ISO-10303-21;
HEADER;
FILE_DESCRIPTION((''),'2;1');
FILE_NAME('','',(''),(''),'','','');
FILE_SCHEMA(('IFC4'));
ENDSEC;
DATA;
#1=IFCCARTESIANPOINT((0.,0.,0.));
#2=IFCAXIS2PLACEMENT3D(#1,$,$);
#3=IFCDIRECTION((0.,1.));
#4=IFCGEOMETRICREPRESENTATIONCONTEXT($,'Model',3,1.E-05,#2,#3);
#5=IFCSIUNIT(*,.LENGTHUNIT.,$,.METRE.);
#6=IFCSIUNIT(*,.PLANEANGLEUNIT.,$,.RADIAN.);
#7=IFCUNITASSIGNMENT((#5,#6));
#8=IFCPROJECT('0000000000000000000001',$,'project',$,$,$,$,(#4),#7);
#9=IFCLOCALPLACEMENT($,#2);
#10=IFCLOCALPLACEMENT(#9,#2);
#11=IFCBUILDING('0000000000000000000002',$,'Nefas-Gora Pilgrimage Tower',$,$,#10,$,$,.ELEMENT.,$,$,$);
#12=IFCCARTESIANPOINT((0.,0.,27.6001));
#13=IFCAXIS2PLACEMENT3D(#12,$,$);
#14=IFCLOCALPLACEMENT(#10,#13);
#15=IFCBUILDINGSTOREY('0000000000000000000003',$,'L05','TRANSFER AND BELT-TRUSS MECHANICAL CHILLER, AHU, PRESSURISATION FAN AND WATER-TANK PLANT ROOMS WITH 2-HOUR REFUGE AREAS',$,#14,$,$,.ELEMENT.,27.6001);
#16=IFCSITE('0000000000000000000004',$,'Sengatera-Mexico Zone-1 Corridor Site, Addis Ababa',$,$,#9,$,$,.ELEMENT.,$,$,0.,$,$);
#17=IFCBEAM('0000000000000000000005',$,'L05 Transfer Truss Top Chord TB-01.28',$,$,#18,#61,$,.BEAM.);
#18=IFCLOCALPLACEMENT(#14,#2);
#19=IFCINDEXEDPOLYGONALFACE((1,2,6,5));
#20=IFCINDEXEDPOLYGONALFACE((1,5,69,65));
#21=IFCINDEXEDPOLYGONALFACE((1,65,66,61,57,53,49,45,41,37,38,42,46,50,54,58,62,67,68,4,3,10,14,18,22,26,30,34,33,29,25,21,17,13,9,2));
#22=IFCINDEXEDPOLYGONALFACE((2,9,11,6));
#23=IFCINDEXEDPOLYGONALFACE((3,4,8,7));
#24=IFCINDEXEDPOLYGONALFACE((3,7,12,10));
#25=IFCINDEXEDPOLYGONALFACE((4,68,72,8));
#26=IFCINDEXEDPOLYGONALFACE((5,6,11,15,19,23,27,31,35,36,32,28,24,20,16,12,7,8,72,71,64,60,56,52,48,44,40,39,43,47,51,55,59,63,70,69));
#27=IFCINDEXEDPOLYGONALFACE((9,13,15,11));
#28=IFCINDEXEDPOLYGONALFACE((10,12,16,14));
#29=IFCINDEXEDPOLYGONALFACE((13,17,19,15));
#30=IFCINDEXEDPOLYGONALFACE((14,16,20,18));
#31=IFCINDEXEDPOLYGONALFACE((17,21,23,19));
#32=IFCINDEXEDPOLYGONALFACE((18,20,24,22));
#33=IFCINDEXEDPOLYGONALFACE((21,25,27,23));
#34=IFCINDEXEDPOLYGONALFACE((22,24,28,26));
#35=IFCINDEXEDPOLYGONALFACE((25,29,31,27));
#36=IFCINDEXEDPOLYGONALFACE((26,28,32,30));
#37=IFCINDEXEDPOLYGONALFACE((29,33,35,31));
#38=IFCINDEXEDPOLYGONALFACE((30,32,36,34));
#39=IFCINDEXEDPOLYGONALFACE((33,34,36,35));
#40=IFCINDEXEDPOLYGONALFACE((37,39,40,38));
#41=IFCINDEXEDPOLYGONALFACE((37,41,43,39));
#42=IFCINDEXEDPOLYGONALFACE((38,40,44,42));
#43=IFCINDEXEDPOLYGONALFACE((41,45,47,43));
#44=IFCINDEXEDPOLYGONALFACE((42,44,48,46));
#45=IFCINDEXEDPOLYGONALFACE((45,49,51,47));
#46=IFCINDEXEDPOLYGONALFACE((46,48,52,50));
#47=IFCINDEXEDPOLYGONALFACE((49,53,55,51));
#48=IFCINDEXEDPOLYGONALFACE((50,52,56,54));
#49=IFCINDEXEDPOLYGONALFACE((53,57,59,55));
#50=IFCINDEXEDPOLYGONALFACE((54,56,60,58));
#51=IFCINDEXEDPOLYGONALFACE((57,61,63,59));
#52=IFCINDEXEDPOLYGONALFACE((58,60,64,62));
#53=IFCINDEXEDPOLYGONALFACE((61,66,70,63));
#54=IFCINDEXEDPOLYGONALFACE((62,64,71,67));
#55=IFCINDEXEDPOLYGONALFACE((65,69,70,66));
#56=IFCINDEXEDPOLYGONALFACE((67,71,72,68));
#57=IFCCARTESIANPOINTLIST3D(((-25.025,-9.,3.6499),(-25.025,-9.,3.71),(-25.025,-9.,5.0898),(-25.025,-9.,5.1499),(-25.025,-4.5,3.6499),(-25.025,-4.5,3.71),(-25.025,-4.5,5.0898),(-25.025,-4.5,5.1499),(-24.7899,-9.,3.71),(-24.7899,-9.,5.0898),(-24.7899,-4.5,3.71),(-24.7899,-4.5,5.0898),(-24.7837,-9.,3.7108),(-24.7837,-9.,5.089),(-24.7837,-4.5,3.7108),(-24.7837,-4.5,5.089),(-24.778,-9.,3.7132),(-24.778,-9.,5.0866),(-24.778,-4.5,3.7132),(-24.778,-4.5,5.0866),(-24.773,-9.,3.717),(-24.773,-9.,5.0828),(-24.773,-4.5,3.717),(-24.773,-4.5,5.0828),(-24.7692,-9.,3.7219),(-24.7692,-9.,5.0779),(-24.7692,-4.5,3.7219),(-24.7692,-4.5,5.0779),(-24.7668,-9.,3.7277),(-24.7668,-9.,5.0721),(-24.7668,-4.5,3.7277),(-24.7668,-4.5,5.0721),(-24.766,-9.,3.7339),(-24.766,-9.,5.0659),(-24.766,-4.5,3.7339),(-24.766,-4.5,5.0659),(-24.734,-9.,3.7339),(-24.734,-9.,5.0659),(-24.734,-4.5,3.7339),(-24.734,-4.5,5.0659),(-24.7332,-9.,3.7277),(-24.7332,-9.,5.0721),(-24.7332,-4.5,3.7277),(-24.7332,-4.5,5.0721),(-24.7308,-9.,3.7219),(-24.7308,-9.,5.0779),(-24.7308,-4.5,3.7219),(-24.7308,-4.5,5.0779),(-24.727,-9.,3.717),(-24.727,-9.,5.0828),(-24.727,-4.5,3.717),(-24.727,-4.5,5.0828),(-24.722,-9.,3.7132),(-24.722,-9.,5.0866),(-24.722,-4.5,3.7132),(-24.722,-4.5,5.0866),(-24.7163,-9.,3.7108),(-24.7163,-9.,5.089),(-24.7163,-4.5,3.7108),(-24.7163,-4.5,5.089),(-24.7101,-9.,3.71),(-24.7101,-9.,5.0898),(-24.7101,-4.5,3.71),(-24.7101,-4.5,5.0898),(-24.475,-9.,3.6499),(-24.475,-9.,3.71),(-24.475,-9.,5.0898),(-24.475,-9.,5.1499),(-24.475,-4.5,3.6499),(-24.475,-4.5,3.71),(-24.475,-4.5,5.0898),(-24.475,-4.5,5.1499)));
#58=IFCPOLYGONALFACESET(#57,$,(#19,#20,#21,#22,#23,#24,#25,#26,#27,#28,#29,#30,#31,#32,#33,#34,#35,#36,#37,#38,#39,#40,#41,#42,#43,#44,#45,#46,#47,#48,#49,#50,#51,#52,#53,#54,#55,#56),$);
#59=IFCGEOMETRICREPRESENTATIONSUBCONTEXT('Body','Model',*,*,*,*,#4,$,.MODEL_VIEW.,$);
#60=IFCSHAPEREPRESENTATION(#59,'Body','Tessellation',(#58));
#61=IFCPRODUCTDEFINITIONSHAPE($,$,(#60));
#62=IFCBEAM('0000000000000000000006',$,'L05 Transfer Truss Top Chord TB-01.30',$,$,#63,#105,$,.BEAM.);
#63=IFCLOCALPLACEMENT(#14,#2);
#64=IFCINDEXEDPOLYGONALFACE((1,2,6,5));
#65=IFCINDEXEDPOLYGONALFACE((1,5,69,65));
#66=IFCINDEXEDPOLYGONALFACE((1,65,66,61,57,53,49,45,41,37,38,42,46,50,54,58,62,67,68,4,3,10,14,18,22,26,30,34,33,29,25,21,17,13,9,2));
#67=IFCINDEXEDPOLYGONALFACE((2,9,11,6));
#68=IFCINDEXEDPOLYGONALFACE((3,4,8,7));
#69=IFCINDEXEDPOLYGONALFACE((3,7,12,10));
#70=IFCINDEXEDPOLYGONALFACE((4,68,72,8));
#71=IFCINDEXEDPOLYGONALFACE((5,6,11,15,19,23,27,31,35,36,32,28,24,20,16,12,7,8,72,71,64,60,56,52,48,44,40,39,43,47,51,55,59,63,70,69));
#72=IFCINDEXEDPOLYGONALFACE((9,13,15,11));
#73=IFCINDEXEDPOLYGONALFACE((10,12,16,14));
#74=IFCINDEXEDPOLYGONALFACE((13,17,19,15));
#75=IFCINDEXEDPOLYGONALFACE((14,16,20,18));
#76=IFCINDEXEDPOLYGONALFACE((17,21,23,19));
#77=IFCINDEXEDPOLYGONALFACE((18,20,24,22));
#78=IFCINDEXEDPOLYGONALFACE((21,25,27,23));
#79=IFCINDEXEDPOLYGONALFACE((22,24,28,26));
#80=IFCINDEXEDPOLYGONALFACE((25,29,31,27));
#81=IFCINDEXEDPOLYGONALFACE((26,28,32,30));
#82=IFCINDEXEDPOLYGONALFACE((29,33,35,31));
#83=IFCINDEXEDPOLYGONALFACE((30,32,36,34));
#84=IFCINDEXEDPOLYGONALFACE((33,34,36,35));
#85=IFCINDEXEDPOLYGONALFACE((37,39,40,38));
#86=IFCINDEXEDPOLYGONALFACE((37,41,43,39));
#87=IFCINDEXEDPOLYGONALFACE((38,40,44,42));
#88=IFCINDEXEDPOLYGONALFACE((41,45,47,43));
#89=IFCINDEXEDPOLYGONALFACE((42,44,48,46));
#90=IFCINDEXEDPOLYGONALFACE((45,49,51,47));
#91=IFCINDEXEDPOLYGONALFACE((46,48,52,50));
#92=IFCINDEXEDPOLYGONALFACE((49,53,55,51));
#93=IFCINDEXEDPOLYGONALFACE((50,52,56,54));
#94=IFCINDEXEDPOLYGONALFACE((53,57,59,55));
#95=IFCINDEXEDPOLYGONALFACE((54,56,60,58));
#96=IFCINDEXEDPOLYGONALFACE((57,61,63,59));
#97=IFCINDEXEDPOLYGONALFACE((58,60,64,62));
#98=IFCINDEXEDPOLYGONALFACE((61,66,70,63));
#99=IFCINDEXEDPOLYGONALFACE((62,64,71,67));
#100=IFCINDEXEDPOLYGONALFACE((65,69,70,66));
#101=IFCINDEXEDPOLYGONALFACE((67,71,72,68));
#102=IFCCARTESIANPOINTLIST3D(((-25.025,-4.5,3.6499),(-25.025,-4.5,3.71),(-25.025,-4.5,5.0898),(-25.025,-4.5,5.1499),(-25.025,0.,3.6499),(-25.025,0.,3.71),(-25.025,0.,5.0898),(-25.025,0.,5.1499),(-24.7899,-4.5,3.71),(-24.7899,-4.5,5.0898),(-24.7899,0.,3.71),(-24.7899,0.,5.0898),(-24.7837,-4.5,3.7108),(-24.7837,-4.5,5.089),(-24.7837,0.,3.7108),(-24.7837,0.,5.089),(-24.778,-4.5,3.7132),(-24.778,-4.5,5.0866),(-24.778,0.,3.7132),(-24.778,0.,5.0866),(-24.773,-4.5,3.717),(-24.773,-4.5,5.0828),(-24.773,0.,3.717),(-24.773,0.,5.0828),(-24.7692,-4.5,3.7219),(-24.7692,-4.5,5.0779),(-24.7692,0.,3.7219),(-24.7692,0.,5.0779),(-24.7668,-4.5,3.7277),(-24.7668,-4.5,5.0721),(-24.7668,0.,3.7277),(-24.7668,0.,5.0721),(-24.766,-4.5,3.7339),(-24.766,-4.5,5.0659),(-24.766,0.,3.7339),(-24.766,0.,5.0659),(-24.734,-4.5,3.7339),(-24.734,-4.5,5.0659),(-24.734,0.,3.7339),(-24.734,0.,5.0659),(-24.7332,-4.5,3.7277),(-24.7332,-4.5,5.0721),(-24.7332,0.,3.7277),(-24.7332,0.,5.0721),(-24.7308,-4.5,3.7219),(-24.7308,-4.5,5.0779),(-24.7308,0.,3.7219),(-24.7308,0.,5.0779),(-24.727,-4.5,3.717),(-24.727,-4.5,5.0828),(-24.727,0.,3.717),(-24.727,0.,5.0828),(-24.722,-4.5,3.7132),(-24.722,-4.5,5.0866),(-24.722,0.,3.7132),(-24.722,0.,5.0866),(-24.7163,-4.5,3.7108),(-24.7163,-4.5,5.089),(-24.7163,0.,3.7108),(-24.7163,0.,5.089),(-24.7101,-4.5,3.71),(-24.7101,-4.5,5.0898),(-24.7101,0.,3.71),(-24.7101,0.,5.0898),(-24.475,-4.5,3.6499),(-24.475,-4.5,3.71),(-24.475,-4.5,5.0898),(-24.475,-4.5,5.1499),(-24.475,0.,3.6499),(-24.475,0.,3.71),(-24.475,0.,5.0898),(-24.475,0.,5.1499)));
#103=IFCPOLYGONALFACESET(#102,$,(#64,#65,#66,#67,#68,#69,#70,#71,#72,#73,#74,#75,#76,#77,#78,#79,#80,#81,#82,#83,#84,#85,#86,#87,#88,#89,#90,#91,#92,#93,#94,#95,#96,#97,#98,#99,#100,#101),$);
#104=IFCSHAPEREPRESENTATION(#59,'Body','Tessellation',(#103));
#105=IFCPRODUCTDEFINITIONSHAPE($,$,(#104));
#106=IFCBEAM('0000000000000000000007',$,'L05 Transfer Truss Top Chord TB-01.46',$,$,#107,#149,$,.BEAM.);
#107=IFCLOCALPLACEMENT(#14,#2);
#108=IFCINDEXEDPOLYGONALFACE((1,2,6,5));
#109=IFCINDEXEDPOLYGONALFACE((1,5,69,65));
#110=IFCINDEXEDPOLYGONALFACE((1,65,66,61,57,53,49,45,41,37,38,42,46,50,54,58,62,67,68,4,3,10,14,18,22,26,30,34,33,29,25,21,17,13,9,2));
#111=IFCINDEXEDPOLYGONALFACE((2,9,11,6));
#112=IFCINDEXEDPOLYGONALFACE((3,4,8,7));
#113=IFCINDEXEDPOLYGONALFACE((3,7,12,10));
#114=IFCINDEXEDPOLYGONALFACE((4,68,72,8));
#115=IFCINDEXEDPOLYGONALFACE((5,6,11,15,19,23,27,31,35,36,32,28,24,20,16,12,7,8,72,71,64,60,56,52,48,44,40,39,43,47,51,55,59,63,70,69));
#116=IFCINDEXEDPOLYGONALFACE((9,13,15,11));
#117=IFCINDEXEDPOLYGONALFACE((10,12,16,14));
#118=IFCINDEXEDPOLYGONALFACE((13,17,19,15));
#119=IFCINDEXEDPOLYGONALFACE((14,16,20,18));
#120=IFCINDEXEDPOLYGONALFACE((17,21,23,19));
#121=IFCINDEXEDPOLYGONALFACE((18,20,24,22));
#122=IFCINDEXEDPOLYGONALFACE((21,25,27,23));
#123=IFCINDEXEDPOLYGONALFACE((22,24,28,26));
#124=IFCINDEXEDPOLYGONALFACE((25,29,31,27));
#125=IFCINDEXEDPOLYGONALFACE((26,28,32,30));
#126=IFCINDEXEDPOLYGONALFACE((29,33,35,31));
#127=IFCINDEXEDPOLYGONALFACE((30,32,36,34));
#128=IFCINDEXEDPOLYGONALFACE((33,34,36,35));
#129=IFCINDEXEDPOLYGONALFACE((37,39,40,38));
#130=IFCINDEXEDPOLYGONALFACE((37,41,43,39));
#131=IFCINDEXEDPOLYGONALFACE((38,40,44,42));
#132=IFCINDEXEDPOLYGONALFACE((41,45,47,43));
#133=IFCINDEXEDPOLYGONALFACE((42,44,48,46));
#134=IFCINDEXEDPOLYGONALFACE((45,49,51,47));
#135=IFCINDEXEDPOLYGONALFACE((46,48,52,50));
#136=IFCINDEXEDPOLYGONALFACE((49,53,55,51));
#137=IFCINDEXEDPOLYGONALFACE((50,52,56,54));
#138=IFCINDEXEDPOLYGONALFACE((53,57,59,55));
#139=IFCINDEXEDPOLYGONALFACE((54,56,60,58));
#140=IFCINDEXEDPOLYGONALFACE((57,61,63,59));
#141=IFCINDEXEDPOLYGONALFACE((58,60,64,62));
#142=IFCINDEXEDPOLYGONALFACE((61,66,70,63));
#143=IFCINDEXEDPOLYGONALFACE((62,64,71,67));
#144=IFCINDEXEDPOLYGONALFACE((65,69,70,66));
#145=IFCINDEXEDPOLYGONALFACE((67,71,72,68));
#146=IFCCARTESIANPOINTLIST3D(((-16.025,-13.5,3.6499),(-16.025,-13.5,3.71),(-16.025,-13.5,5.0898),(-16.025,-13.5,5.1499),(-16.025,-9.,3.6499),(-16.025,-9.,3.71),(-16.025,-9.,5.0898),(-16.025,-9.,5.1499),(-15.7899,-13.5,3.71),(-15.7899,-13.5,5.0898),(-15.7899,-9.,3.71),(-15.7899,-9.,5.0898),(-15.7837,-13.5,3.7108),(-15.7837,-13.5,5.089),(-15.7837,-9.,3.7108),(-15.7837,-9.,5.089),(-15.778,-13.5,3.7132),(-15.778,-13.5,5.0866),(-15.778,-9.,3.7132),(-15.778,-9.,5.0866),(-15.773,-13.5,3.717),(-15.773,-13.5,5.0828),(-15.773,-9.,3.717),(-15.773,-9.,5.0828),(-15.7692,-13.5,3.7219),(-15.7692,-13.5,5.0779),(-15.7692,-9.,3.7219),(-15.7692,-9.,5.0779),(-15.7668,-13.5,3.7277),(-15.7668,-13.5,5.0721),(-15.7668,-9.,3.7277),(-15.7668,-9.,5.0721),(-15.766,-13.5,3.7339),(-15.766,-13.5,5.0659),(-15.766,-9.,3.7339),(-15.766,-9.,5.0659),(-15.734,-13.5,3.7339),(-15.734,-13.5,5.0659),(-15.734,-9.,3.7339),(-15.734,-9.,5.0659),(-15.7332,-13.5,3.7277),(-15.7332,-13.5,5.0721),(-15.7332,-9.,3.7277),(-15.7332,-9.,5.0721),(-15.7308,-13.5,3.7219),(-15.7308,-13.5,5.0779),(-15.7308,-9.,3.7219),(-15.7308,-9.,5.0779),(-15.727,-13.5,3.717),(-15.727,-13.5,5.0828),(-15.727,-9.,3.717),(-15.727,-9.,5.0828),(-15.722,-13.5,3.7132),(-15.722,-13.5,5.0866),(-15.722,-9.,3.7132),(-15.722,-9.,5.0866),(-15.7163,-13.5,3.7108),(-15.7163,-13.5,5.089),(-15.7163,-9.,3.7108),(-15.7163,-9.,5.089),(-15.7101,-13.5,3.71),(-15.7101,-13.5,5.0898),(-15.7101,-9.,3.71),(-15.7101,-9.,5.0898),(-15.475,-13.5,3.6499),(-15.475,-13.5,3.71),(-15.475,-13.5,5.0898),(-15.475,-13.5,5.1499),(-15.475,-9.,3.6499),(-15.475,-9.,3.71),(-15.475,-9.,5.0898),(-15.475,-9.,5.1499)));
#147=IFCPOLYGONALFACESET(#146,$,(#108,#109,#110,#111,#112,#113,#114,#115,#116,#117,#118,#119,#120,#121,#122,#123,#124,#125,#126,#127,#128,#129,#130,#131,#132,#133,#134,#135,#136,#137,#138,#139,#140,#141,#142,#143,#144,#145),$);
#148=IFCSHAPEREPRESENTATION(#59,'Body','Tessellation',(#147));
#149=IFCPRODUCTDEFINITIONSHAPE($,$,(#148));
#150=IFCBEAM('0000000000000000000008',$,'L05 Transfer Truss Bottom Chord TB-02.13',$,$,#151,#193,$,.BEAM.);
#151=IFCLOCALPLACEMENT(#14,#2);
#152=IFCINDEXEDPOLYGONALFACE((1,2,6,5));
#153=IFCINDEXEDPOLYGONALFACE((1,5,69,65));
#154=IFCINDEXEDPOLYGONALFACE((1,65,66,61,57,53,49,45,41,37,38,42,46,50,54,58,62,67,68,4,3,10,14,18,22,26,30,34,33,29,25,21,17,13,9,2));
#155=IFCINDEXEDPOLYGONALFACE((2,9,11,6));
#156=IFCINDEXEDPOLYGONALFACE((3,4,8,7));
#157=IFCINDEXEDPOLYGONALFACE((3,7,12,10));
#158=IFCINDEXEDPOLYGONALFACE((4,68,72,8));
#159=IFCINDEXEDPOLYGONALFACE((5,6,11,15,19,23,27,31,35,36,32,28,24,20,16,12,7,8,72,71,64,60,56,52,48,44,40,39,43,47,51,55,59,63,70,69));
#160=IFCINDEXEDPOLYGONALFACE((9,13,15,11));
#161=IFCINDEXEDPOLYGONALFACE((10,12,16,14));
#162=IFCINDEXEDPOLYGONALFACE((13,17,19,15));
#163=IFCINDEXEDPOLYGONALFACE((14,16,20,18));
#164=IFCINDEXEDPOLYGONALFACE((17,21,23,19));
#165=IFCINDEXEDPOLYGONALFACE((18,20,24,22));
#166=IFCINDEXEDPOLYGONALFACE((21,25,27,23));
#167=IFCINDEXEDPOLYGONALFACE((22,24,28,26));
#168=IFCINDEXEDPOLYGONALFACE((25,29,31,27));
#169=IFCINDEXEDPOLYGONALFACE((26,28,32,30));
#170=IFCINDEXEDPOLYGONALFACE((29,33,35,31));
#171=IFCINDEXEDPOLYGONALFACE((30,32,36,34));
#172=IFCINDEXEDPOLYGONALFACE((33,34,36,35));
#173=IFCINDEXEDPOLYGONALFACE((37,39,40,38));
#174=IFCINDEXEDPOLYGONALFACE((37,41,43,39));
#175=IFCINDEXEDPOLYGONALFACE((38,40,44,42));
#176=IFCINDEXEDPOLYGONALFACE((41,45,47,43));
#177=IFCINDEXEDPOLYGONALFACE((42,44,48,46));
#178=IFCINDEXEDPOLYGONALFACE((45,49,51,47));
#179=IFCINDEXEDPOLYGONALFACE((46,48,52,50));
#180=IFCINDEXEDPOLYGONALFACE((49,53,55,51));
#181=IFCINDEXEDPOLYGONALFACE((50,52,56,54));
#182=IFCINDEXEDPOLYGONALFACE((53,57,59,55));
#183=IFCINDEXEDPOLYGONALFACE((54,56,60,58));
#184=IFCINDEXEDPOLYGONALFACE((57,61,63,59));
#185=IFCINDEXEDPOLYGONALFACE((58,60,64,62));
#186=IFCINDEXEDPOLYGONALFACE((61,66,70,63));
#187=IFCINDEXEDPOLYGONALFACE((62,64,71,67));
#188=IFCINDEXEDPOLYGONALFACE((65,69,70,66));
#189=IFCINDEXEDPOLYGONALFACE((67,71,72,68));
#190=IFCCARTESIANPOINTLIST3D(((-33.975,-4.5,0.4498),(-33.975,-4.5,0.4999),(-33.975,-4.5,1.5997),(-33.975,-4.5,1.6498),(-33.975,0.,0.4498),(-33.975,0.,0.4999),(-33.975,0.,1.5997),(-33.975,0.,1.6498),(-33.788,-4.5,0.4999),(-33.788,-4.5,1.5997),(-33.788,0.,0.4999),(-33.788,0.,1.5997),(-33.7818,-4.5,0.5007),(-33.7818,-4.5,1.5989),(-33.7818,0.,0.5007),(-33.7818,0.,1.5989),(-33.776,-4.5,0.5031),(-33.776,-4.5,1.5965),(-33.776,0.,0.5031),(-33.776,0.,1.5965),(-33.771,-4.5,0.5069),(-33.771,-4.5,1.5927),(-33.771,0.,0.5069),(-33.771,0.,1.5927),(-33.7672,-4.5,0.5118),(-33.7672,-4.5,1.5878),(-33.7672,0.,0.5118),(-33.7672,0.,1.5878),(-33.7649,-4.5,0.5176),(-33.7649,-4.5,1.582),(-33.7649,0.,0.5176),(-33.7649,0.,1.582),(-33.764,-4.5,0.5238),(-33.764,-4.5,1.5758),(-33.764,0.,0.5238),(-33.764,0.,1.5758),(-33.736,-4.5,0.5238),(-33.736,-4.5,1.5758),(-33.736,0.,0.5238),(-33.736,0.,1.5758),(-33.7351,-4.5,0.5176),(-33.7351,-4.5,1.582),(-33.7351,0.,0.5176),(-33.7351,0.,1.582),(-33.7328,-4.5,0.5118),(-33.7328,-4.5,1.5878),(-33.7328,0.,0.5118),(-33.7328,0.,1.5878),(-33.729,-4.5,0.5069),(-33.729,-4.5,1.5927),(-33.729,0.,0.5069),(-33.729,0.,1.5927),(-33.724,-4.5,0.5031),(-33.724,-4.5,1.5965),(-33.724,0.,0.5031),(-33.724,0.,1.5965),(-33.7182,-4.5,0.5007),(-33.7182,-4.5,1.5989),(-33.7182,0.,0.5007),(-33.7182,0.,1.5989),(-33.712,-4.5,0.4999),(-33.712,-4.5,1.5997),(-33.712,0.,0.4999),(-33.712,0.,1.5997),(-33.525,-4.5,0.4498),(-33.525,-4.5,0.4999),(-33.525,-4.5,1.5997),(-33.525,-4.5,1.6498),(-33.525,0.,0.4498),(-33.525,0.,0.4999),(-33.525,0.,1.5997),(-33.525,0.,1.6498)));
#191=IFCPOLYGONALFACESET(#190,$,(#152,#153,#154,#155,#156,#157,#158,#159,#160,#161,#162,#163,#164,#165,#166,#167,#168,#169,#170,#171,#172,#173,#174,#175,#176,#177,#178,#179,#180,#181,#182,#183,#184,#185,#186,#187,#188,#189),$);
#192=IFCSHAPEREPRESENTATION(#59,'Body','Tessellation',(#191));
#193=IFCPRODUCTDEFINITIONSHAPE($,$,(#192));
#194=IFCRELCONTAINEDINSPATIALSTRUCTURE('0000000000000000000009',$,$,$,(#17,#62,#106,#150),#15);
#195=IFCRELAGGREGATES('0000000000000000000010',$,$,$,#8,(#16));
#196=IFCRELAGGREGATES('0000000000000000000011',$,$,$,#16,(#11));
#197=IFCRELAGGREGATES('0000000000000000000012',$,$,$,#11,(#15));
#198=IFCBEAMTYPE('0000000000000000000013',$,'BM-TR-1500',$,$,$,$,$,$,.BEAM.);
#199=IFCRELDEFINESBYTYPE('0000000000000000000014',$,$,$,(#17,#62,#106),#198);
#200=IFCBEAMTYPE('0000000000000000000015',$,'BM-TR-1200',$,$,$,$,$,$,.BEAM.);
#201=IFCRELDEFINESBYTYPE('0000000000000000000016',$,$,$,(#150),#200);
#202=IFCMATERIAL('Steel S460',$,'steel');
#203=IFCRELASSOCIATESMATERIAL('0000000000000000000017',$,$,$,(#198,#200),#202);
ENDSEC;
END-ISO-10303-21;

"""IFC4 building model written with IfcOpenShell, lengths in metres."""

from ifc_helpers import new_model, si_unit, direction, frame, origin, origin_2d, place, context, subcontext, project, spatial, i_section, extrude, source, transform, mapped, material, material_profile, profile_set, type_object, element, save


model = new_model("IFC4")

# Units and contexts
model_context = context("Model", 3, precision=1e-05, world=origin(), true_north=direction((0.0, 1.0)))
body_context = subcontext(model_context, "Body", "Model", "MODEL_VIEW")
ifc_project = project(units=[si_unit("LENGTHUNIT", "METRE"), si_unit("PLANEANGLEUNIT", "RADIAN")], contexts=[model_context])

# Site, building, storey
site_placement = place(None, origin())
site = spatial("IfcSite", under=ifc_project, at=site_placement, Name="Sengatera-Mexico Zone-1 Corridor Site, Addis Ababa", CompositionType="ELEMENT", RefElevation=0.0)
building_placement = place(site_placement, origin())
building = spatial("IfcBuilding", under=site, at=building_placement, Name="Nefas-Gora Pilgrimage Tower", CompositionType="ELEMENT")
storey_placement = place(building_placement, frame((0.0, 0.0, 27.6001)))
storey = spatial("IfcBuildingStorey", under=building, at=storey_placement, Name="L05", Description="TRANSFER AND BELT-TRUSS MECHANICAL CHILLER, AHU, PRESSURISATION FAN AND WATER-TANK PLANT ROOMS WITH 2-HOUR REFUGE AREAS", CompositionType="ELEMENT", Elevation=27.6001)

# Shared definitions
ifc_material_1 = material(Name="Steel S460", Category="steel")

# Beams
ifc_material_profile_1 = material_profile(ifc_material_1, i_section(OverallWidth=0.55, OverallDepth=1.5, WebThickness=0.032, FlangeThickness=0.0601, FilletRadius=0.0239, at=origin_2d()), Name="WPG 1500x550x32x60")
ifc_profile_set_1 = profile_set([ifc_material_profile_1], Name="Steel S460")
beam_type_1 = type_object("IfcBeamType", Name="BM-TR-1500", PredefinedType="BEAM", material=ifc_profile_set_1)
shared_shape_1 = source(origin(), body_context, "Body", "SweptSolid", [
    extrude(i_section(OverallWidth=0.55, OverallDepth=1.5, WebThickness=0.032, FlangeThickness=0.0601, FilletRadius=0.0239, at=origin_2d()), origin(), (0.0, 0.0, 1.0), 4.5),
])
for number, where, z_axis, x_axis, name in (
    (1, (-24.75, -9.0, 4.3999), (0.0, 1.0, 0.0), (-1.0, 0.0, 0.0), "L05 Transfer Truss Top Chord TB-01.28"),
    (2, (-24.75, -4.5, 4.3999), (0.0, 1.0, 0.0), (-1.0, 0.0, 0.0), "L05 Transfer Truss Top Chord TB-01.30"),
    (3, (-15.75, -13.5, 4.3999), (0.0, 1.0, 0.0), (-1.0, 0.0, 0.0), "L05 Transfer Truss Top Chord TB-01.46"),
):
    element("IfcBeam", number, at=place(storey_placement, frame(where, z_axis=z_axis, x_axis=x_axis)), inside=storey, type_object=beam_type_1, Name=name, PredefinedType="BEAM", context=body_context, shape_type="MappedRepresentation", body=[
        mapped(shared_shape_1, transform((0.0, 0.0, 0.0), x_axis=(1.0, 0.0, 0.0), y_axis=(0.0, 1.0, 0.0), z_axis=(0.0, 0.0, 1.0), scale=1.0)),
    ])
ifc_material_profile_2 = material_profile(ifc_material_1, i_section(OverallWidth=0.45, OverallDepth=1.2, WebThickness=0.0281, FlangeThickness=0.05, FilletRadius=0.0239, at=origin_2d()), Name="WPG 1200x450x28x50")
ifc_profile_set_2 = profile_set([ifc_material_profile_2], Name="Steel S460")
beam_type_2 = type_object("IfcBeamType", Name="BM-TR-1200", PredefinedType="BEAM", material=ifc_profile_set_2)
shared_shape_2 = source(origin(), body_context, "Body", "SweptSolid", [
    extrude(i_section(OverallWidth=0.45, OverallDepth=1.2, WebThickness=0.0281, FlangeThickness=0.05, FilletRadius=0.0239, at=origin_2d()), origin(), (0.0, 0.0, 1.0), 4.5),
])
for number, where, z_axis, x_axis, name in (
    (4, (-33.75, -4.5, 1.0498), (0.0, 1.0, 0.0), (-1.0, 0.0, 0.0), "L05 Transfer Truss Bottom Chord TB-02.13"),
):
    element("IfcBeam", number, at=place(storey_placement, frame(where, z_axis=z_axis, x_axis=x_axis)), inside=storey, type_object=beam_type_2, Name=name, PredefinedType="BEAM", context=body_context, shape_type="MappedRepresentation", body=[
        mapped(shared_shape_2, transform((0.0, 0.0, 0.0), x_axis=(1.0, 0.0, 0.0), y_axis=(0.0, 1.0, 0.0), z_axis=(0.0, 0.0, 1.0), scale=1.0)),
    ])

save(model, "model.ifc")
